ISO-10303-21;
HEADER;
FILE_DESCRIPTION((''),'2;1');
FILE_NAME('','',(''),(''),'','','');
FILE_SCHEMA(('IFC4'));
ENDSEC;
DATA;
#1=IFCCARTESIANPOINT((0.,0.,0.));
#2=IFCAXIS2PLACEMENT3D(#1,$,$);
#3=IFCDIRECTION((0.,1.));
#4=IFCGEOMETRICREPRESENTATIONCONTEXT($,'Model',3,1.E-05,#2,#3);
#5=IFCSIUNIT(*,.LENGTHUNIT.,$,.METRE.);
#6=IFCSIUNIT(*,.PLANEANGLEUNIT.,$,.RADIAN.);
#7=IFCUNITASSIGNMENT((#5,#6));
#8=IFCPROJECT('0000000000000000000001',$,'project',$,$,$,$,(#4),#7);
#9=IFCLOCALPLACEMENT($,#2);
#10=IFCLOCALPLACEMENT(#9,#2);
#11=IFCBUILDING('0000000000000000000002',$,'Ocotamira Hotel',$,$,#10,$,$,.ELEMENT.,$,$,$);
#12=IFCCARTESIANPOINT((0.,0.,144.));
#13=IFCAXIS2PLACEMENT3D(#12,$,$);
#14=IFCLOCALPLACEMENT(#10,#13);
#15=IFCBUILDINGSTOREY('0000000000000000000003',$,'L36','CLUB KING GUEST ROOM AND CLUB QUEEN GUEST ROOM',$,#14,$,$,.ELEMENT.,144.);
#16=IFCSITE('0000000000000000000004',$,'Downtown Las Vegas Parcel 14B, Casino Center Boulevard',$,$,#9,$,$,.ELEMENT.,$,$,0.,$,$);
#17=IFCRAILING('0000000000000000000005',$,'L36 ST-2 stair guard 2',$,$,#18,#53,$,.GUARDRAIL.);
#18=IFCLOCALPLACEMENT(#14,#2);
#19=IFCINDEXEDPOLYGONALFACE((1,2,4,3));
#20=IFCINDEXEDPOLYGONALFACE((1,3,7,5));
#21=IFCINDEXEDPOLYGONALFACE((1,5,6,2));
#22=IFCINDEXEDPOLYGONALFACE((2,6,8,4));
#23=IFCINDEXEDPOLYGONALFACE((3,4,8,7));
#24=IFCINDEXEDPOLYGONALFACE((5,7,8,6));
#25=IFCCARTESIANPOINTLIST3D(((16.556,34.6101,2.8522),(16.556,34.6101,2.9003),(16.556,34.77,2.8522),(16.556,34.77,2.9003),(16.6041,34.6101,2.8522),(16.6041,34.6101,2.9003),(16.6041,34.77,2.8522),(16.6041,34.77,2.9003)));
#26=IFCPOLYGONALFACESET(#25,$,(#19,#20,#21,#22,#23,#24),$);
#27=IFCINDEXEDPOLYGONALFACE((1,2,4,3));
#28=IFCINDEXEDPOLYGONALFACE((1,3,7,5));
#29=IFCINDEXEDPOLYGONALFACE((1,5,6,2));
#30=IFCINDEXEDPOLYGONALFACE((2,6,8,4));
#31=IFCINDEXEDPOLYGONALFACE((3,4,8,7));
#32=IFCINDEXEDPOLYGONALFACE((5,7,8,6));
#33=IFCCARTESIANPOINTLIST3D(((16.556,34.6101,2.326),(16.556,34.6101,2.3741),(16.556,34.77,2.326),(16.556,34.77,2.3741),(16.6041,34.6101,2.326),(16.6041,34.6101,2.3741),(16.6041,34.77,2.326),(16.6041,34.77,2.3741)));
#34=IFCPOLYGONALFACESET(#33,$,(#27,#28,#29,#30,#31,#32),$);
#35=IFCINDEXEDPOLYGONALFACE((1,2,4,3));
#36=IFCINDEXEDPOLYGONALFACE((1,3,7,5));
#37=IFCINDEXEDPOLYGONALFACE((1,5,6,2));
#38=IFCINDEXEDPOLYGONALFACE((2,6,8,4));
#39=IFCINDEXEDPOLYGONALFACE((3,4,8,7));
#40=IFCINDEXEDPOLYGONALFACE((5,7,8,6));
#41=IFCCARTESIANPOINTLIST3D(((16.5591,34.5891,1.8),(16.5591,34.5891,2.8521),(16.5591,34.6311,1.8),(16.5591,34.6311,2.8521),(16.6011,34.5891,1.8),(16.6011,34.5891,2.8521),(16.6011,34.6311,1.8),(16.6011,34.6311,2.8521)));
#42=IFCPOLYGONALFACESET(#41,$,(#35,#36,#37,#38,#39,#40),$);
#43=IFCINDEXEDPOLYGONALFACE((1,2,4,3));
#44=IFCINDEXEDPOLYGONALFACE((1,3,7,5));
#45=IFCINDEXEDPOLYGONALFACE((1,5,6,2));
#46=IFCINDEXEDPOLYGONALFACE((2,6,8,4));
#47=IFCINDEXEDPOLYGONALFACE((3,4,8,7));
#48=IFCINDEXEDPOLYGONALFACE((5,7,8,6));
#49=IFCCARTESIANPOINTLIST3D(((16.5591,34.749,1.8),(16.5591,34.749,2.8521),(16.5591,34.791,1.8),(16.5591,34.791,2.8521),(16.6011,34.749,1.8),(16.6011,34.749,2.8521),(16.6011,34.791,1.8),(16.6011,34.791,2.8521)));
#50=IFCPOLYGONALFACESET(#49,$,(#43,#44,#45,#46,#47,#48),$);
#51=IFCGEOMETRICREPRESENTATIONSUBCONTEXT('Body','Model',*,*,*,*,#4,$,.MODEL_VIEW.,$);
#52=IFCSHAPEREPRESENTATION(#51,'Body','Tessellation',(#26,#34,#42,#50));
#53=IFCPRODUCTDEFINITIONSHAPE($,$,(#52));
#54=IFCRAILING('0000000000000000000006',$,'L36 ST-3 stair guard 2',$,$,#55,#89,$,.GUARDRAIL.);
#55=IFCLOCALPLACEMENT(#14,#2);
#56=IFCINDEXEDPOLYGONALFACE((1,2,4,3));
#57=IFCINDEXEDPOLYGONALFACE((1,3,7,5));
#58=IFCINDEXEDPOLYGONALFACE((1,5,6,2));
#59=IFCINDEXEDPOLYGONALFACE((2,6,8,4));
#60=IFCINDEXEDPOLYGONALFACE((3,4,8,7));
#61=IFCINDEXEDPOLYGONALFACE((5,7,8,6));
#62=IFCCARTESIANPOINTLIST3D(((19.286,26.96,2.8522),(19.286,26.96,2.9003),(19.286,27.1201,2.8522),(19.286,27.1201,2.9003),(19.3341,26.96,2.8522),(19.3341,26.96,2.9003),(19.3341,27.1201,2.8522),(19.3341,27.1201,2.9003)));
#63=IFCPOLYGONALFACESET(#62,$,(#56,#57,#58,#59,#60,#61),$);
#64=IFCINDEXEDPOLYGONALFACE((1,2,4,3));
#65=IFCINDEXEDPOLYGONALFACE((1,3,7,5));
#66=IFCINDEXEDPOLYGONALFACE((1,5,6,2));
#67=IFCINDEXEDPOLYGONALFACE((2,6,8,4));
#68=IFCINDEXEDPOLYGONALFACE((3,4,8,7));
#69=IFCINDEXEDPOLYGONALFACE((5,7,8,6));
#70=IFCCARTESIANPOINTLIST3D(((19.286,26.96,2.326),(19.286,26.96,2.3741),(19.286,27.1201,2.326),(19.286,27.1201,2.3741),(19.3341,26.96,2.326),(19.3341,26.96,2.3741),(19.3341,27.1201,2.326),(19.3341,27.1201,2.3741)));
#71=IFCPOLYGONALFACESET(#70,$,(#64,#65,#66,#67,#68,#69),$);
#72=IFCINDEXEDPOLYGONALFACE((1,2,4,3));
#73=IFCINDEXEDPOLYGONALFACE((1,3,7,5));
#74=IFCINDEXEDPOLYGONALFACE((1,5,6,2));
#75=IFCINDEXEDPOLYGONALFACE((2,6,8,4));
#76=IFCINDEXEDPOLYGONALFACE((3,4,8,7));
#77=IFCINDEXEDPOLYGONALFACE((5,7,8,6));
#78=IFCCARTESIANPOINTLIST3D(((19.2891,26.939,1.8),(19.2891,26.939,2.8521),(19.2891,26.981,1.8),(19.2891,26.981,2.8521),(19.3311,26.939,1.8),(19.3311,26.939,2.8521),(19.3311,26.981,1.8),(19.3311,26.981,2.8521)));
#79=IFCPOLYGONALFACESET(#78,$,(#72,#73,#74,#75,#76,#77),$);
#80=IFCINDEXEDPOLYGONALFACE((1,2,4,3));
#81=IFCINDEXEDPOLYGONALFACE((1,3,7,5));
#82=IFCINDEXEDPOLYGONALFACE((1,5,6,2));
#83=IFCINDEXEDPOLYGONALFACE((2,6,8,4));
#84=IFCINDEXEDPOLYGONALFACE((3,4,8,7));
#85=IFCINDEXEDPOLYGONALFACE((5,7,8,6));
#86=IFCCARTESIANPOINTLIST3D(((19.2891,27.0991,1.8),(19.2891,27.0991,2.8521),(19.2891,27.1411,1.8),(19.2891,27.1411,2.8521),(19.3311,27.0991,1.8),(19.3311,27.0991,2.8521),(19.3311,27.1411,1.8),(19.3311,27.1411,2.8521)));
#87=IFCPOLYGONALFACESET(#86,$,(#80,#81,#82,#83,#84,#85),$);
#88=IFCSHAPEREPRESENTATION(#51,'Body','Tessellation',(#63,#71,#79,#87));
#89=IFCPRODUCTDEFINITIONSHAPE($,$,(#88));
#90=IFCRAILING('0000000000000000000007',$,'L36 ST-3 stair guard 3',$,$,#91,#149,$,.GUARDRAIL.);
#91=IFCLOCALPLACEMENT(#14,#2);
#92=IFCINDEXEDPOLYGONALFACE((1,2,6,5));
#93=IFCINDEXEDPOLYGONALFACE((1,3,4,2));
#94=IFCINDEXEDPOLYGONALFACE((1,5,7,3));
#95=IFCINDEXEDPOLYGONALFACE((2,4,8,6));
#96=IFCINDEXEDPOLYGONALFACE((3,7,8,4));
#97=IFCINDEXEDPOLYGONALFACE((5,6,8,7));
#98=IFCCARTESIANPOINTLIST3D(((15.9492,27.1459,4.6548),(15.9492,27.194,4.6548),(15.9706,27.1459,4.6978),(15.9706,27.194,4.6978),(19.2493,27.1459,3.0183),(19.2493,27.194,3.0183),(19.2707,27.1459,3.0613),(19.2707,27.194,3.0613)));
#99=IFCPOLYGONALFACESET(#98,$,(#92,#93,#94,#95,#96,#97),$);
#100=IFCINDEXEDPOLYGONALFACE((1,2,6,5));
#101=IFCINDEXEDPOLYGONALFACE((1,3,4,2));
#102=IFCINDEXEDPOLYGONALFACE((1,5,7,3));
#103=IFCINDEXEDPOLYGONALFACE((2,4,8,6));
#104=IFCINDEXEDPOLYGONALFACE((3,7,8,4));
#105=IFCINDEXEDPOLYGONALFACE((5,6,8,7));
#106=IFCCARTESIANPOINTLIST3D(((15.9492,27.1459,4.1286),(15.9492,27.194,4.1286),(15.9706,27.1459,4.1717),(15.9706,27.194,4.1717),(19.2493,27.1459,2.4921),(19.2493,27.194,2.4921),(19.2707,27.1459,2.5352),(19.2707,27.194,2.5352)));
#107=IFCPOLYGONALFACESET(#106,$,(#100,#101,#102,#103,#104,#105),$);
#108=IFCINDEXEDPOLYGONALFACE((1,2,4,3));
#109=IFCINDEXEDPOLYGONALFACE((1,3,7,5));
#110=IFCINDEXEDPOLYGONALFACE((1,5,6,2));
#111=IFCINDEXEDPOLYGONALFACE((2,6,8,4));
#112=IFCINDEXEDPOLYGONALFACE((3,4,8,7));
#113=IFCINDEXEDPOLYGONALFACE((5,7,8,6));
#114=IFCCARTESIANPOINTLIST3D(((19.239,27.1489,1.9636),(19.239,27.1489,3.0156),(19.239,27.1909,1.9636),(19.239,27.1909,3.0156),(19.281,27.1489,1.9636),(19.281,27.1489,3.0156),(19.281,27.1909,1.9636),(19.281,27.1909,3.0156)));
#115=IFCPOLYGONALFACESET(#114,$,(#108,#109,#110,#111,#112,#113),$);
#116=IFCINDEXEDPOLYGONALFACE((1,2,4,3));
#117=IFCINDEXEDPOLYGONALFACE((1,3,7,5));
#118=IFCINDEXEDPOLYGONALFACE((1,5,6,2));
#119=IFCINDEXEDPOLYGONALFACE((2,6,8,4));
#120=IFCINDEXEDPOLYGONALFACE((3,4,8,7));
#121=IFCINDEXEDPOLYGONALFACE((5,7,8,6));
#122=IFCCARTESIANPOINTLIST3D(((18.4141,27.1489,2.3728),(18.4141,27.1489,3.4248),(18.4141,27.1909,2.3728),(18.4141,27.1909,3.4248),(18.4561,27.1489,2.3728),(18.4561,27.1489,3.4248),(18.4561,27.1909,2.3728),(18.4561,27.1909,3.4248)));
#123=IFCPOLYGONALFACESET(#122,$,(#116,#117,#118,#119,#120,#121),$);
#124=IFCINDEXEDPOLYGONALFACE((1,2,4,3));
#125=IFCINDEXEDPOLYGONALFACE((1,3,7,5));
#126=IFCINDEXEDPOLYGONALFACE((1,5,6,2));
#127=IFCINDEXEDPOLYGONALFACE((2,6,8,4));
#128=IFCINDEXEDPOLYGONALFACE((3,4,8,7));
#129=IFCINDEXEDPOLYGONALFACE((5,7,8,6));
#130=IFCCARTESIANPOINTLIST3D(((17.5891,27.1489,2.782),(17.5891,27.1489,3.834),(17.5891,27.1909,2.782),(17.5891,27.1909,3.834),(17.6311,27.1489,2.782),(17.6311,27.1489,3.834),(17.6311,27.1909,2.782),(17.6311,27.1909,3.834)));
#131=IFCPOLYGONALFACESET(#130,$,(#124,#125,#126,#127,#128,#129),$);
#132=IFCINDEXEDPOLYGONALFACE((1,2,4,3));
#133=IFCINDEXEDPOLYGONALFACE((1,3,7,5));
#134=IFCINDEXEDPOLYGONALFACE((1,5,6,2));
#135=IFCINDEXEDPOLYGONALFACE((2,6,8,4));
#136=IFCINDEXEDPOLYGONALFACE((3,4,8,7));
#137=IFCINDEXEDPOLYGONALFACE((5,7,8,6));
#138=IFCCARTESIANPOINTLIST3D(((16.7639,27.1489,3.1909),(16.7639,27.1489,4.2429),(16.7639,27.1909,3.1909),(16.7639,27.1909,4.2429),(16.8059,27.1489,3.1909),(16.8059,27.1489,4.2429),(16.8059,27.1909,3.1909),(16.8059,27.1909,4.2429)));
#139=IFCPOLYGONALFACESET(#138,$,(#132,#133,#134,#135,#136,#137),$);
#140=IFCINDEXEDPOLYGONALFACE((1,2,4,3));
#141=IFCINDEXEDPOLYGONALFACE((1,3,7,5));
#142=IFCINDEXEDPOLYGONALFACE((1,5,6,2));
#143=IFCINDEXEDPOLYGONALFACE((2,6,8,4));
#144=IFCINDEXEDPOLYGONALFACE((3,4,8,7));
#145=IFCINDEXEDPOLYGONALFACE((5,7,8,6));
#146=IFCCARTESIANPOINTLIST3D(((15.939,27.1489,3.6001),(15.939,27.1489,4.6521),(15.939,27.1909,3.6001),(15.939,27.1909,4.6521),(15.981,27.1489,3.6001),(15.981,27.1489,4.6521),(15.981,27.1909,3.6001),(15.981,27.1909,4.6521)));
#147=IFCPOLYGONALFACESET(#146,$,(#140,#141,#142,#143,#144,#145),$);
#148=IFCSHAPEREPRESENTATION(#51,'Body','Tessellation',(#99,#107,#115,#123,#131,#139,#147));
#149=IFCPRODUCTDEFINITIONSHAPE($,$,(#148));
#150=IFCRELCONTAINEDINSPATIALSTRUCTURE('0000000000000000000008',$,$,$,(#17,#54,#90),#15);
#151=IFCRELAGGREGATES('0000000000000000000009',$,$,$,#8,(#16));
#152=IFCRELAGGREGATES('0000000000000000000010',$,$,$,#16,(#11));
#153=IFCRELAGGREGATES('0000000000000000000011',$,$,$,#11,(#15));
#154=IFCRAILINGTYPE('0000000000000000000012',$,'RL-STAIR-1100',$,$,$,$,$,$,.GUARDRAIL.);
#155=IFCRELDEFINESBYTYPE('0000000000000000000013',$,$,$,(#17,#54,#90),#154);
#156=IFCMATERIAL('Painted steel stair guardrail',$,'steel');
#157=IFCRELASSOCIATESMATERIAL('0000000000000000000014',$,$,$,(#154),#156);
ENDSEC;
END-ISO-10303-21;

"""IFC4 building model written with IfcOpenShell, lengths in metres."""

from ifc_helpers import new_model, si_unit, direction, frame, origin, origin_2d, place, context, subcontext, project, spatial, rectangle, extrude, material, type_object, element, save


model = new_model("IFC4")

# Units and contexts
model_context = context("Model", 3, precision=1e-05, world=origin(), true_north=direction((0.0, 1.0)))
body_context = subcontext(model_context, "Body", "Model", "MODEL_VIEW")
ifc_project = project(units=[si_unit("LENGTHUNIT", "METRE"), si_unit("PLANEANGLEUNIT", "RADIAN")], contexts=[model_context])

# Site, building, storey
site_placement = place(None, origin())
site = spatial("IfcSite", under=ifc_project, at=site_placement, Name="Downtown Las Vegas Parcel 14B, Casino Center Boulevard", CompositionType="ELEMENT", RefElevation=0.0)
building_placement = place(site_placement, origin())
building = spatial("IfcBuilding", under=site, at=building_placement, Name="Ocotamira Hotel", CompositionType="ELEMENT")
storey_placement = place(building_placement, frame((0.0, 0.0, 144.0)))
storey = spatial("IfcBuildingStorey", under=building, at=storey_placement, Name="L36", Description="CLUB KING GUEST ROOM AND CLUB QUEEN GUEST ROOM", CompositionType="ELEMENT", Elevation=144.0)

# Railings
ifc_material_1 = material(Name="Painted steel stair guardrail", Category="steel")
railing_type_1 = type_object("IfcRailingType", Name="RL-STAIR-1100", PredefinedType="GUARDRAIL", material=ifc_material_1)
railing_1_placement = place(storey_placement, frame((16.5801, 34.6101, 1.8)))
element("IfcRailing", 1, at=railing_1_placement, inside=storey, type_object=railing_type_1, Name="L36 ST-2 stair guard 2", PredefinedType="GUARDRAIL", context=body_context, shape_type="SweptSolid", body=[
    extrude(rectangle(XDim=0.0481, YDim=0.0481, at=origin_2d()), frame((0.0, 0.0, 1.0762), z_axis=(0.0, 1.0, 0.0), x_axis=(-1.0, 0.0, 0.0)), (0.0, 0.0, 1.0), 0.1599),
    extrude(rectangle(XDim=0.0481, YDim=0.0481, at=origin_2d()), frame((0.0, 0.0, 0.55), z_axis=(0.0, 1.0, 0.0), x_axis=(-1.0, 0.0, 0.0)), (0.0, 0.0, 1.0), 0.1599),
    extrude(rectangle(XDim=0.042, YDim=0.042, at=origin_2d()), origin(), (0.0, 0.0, 1.0), 1.052),
    extrude(rectangle(XDim=0.042, YDim=0.042, at=origin_2d()), frame((0.0, 0.1599, 0.0)), (0.0, 0.0, 1.0), 1.052),
])
railing_2_placement = place(storey_placement, frame((19.3101, 26.96, 1.8)))
element("IfcRailing", 2, at=railing_2_placement, inside=storey, type_object=railing_type_1, Name="L36 ST-3 stair guard 2", PredefinedType="GUARDRAIL", context=body_context, shape_type="SweptSolid", body=[
    extrude(rectangle(XDim=0.0481, YDim=0.0481, at=origin_2d()), frame((0.0, 0.0, 1.0762), z_axis=(0.0, 1.0, 0.0), x_axis=(-1.0, 0.0, 0.0)), (0.0, 0.0, 1.0), 0.1602),
    extrude(rectangle(XDim=0.0481, YDim=0.0481, at=origin_2d()), frame((0.0, 0.0, 0.55), z_axis=(0.0, 1.0, 0.0), x_axis=(-1.0, 0.0, 0.0)), (0.0, 0.0, 1.0), 0.1602),
    extrude(rectangle(XDim=0.042, YDim=0.042, at=origin_2d()), origin(), (0.0, 0.0, 1.0), 1.052),
    extrude(rectangle(XDim=0.042, YDim=0.042, at=origin_2d()), frame((0.0, 0.1602, 0.0)), (0.0, 0.0, 1.0), 1.052),
])
railing_3_placement = place(storey_placement, frame((19.26, 27.1699, 1.9636)))
element("IfcRailing", 3, at=railing_3_placement, inside=storey, type_object=railing_type_1, Name="L36 ST-3 stair guard 3", PredefinedType="GUARDRAIL", context=body_context, shape_type="SweptSolid", body=[
    extrude(rectangle(XDim=0.0481, YDim=0.0481, at=origin_2d()), frame((0.0, 0.0, 1.0762), z_axis=(-0.895894, 0.0, 0.444268), x_axis=(0.0, -1.0, 0.0)), (0.0, 0.0, 1.0), 3.6836),
    extrude(rectangle(XDim=0.0481, YDim=0.0481, at=origin_2d()), frame((0.0, 0.0, 0.55), z_axis=(-0.895894, 0.0, 0.444268), x_axis=(0.0, -1.0, 0.0)), (0.0, 0.0, 1.0), 3.6836),
    extrude(rectangle(XDim=0.042, YDim=0.042, at=origin_2d()), origin(), (0.0, 0.0, 1.0), 1.052),
    extrude(rectangle(XDim=0.042, YDim=0.042, at=origin_2d()), frame((-0.825, 0.0, 0.4092)), (0.0, 0.0, 1.0), 1.052),
    extrude(rectangle(XDim=0.042, YDim=0.042, at=origin_2d()), frame((-1.6499, 0.0, 0.8184)), (0.0, 0.0, 1.0), 1.052),
    extrude(rectangle(XDim=0.042, YDim=0.042, at=origin_2d()), frame((-2.4751, 0.0, 1.2273)), (0.0, 0.0, 1.0), 1.052),
    extrude(rectangle(XDim=0.042, YDim=0.042, at=origin_2d()), frame((-3.3, 0.0, 1.6365)), (0.0, 0.0, 1.0), 1.052),
])

save(model, "model.ifc")
